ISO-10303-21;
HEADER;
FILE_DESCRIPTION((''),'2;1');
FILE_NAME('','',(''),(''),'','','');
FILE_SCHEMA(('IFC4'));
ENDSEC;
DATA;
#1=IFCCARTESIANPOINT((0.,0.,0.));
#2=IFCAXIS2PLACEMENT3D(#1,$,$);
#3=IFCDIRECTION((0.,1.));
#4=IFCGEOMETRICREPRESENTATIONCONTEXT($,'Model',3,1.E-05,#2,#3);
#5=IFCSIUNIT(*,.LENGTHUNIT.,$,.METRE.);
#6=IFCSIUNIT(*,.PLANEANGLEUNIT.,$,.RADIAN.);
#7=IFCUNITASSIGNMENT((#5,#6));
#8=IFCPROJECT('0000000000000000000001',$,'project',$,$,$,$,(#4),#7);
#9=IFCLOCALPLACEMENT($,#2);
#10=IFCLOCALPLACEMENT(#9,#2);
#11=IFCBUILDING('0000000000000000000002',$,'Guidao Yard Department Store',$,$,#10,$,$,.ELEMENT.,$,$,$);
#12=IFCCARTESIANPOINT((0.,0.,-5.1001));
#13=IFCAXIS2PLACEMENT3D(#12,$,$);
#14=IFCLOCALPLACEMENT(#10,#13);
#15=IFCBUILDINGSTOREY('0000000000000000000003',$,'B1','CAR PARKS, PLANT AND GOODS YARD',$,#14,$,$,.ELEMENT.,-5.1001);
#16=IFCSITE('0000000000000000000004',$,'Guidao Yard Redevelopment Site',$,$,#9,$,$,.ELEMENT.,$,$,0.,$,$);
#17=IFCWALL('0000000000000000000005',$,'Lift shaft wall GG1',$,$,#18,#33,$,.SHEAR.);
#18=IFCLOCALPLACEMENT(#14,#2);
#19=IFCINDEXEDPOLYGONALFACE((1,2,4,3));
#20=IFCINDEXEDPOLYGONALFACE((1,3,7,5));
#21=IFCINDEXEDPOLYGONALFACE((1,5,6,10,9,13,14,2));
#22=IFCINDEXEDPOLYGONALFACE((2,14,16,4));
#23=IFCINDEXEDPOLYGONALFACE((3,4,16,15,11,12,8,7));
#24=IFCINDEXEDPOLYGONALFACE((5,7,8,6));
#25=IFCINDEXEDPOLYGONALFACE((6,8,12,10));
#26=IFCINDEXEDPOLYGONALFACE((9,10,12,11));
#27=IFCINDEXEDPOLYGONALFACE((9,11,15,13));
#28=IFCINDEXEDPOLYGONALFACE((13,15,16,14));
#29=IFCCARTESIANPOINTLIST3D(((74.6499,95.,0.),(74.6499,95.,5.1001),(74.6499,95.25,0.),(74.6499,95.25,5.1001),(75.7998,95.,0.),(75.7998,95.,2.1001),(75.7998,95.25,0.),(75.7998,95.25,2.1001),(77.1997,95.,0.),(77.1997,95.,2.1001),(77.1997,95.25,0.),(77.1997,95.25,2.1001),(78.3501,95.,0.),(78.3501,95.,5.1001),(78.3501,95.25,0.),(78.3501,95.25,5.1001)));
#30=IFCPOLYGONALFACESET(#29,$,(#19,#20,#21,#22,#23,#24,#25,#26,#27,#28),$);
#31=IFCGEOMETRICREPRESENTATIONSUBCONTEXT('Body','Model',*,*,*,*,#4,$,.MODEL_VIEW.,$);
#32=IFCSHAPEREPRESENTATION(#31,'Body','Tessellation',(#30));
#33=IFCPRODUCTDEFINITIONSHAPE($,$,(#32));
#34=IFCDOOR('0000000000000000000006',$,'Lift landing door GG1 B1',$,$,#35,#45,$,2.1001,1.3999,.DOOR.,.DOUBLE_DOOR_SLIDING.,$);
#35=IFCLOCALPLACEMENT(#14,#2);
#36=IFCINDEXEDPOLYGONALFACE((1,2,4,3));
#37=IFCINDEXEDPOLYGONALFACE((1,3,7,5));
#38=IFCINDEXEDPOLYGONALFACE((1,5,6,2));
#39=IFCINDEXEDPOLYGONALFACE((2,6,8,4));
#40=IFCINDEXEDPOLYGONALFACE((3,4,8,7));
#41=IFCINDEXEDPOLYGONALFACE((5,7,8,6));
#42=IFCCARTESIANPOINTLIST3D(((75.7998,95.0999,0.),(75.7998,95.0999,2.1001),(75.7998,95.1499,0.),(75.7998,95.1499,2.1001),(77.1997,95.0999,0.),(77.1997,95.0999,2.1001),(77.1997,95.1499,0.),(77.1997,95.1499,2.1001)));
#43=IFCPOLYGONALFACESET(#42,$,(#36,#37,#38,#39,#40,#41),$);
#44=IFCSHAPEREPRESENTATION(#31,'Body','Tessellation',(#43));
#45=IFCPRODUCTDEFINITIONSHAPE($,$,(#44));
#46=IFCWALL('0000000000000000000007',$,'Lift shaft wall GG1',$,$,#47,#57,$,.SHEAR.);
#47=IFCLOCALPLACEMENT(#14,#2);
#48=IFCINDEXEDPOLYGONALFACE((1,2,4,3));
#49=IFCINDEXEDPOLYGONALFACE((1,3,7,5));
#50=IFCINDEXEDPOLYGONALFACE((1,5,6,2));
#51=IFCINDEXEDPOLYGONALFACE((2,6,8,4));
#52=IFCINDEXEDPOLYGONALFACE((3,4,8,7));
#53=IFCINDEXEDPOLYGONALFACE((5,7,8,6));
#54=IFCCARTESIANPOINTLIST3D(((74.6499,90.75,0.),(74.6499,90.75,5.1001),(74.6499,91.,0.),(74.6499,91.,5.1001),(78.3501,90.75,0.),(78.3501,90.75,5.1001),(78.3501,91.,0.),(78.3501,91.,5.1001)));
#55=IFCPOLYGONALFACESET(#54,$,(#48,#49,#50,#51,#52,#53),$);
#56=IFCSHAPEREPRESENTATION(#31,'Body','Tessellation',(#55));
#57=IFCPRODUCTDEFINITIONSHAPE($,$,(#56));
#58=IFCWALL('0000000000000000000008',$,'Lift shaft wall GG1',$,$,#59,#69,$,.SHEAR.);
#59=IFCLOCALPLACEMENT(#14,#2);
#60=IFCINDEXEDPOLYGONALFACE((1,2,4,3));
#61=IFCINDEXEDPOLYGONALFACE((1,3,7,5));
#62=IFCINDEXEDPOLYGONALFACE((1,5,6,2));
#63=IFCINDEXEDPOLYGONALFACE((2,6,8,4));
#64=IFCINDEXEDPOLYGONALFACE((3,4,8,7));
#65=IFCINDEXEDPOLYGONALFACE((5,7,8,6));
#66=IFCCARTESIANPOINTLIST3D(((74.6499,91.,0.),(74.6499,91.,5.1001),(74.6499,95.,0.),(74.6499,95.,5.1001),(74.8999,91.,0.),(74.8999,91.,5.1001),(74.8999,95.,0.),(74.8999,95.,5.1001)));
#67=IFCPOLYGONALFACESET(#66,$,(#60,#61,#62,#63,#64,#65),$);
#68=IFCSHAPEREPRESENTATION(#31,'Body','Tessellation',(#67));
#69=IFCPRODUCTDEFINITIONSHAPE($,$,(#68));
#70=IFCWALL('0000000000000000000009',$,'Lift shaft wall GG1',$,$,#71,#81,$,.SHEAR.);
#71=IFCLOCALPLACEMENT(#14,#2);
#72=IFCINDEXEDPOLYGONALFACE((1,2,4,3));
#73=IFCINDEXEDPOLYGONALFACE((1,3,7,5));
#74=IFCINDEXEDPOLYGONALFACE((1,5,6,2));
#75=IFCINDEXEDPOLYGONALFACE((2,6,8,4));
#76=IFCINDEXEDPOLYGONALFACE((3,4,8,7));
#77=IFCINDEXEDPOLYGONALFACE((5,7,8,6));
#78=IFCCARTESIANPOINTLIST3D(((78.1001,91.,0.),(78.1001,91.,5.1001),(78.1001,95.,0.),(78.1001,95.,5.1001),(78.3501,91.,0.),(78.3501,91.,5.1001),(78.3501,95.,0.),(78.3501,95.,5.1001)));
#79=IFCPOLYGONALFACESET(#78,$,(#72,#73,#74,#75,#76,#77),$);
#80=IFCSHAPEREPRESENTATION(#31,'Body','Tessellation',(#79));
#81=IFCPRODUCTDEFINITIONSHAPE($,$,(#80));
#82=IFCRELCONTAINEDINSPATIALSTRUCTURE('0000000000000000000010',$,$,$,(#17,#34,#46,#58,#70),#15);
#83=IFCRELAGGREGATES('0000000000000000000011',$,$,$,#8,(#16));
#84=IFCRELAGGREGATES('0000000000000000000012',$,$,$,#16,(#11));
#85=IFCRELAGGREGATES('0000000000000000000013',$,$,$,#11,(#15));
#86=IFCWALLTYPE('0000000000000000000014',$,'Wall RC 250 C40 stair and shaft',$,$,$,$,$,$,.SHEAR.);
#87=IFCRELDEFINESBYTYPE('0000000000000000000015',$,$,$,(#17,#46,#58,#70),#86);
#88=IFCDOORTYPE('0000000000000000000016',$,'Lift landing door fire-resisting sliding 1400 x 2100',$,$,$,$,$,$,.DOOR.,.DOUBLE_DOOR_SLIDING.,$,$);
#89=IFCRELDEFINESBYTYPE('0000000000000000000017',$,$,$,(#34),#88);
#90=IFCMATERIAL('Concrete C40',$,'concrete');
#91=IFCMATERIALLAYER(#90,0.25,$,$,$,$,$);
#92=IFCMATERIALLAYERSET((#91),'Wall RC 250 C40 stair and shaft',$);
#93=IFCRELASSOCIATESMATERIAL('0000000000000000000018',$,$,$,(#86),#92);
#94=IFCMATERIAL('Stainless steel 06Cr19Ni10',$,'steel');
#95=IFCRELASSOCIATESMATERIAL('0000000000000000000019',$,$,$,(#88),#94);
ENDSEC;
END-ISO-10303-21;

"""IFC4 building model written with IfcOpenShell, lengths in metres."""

from ifc_helpers import new_model, si_unit, direction, frame, frame_2d, origin, place, context, subcontext, project, spatial, rectangle, extrude, material, layer, layer_set, type_object, element, fill, save


model = new_model("IFC4")

# Units and contexts
model_context = context("Model", 3, precision=1e-05, world=origin(), true_north=direction((0.0, 1.0)))
body_context = subcontext(model_context, "Body", "Model", "MODEL_VIEW")
ifc_project = project(units=[si_unit("LENGTHUNIT", "METRE"), si_unit("PLANEANGLEUNIT", "RADIAN")], contexts=[model_context])

# Site, building, storey
site_placement = place(None, origin())
site = spatial("IfcSite", under=ifc_project, at=site_placement, Name="Guidao Yard Redevelopment Site", CompositionType="ELEMENT", RefElevation=0.0)
building_placement = place(site_placement, origin())
building = spatial("IfcBuilding", under=site, at=building_placement, Name="Guidao Yard Department Store", CompositionType="ELEMENT")
storey_placement = place(building_placement, frame((0.0, 0.0, -5.1001)))
storey = spatial("IfcBuildingStorey", under=building, at=storey_placement, Name="B1", Description="CAR PARKS, PLANT AND GOODS YARD", CompositionType="ELEMENT", Elevation=-5.1001)

# Wall, opening, door
ifc_material_1 = material(Name="Concrete C40", Category="concrete")
ifc_layer_1 = layer(ifc_material_1, 0.25)
ifc_layer_set_1 = layer_set([ifc_layer_1], Name="Wall RC 250 C40 stair and shaft")
wall_type_1 = type_object("IfcWallType", Name="Wall RC 250 C40 stair and shaft", PredefinedType="SHEAR", material=ifc_layer_set_1)
wall_1_placement = place(storey_placement, frame((74.6499, 95.125, 0.0), z_axis=(0.0, 0.0, 1.0), x_axis=(1.0, 0.0, 0.0)))
wall_1 = element("IfcWall", 1, at=wall_1_placement, inside=storey, type_object=wall_type_1, Name="Lift shaft wall GG1", PredefinedType="SHEAR", context=body_context, shape_type="SweptSolid", body=[
    extrude(rectangle(XDim=3.7002, YDim=0.25, at=frame_2d((1.8501, 0.0))), origin(), (0.0, 0.0, 1.0), 5.1001),
])
opening_placement = place(wall_1_placement, frame((1.1499, 0.0, 0.0)))
opening = element("IfcOpeningElement", 2, at=opening_placement, cuts=wall_1, PredefinedType="OPENING", context=body_context, shape_type="SweptSolid", body=[
    extrude(rectangle(XDim=1.3999, YDim=2.1001, at=frame_2d((0.7, 1.05))), frame((0.0, 0.135, 0.0), z_axis=(0.0, -1.0, 0.0), x_axis=(1.0, 0.0, 0.0)), (0.0, 0.0, 1.0), 0.27),
])
ifc_material_2 = material(Name="Stainless steel 06Cr19Ni10", Category="steel")
door_type = type_object("IfcDoorType", Name="Lift landing door fire-resisting sliding 1400 x 2100", OperationType="DOUBLE_DOOR_SLIDING", PredefinedType="DOOR", material=ifc_material_2)
door_placement = place(opening_placement, origin())
door = element("IfcDoor", 3, at=door_placement, inside=storey, type_object=door_type, Name="Lift landing door GG1 B1", OperationType="DOUBLE_DOOR_SLIDING", OverallHeight=2.1001, OverallWidth=1.3999, PredefinedType="DOOR", context=body_context, shape_type="SweptSolid", body=[
    extrude(rectangle(XDim=1.3999, YDim=2.1001, at=frame_2d((0.7, 1.05))), frame((0.0, 0.0249, 0.0), z_axis=(0.0, -1.0, 0.0), x_axis=(1.0, 0.0, 0.0)), (0.0, 0.0, 1.0), 0.05),
])
fill(opening, door)

# Walls
wall_2_placement = place(storey_placement, frame((74.6499, 90.875, 0.0), z_axis=(0.0, 0.0, 1.0), x_axis=(1.0, 0.0, 0.0)))
element("IfcWall", 4, at=wall_2_placement, inside=storey, type_object=wall_type_1, Name="Lift shaft wall GG1", PredefinedType="SHEAR", context=body_context, shape_type="SweptSolid", body=[
    extrude(rectangle(XDim=3.7002, YDim=0.25, at=frame_2d((1.8501, 0.0))), origin(), (0.0, 0.0, 1.0), 5.1001),
])
for number, where, z_axis, x_axis, name in (
    (5, (74.7749, 91.0, 0.0), (0.0, 0.0, 1.0), (0.0, 1.0, 0.0), "Lift shaft wall GG1"),
    (6, (78.2251, 91.0, 0.0), (0.0, 0.0, 1.0), (0.0, 1.0, 0.0), "Lift shaft wall GG1"),
):
    element("IfcWall", number, at=place(storey_placement, frame(where, z_axis=z_axis, x_axis=x_axis)), inside=storey, type_object=wall_type_1, Name=name, PredefinedType="SHEAR", context=body_context, shape_type="SweptSolid", body=[
        extrude(rectangle(XDim=4.0, YDim=0.25, at=frame_2d((2.0, 0.0))), origin(), (0.0, 0.0, 1.0), 5.1001),
    ])

save(model, "model.ifc")
